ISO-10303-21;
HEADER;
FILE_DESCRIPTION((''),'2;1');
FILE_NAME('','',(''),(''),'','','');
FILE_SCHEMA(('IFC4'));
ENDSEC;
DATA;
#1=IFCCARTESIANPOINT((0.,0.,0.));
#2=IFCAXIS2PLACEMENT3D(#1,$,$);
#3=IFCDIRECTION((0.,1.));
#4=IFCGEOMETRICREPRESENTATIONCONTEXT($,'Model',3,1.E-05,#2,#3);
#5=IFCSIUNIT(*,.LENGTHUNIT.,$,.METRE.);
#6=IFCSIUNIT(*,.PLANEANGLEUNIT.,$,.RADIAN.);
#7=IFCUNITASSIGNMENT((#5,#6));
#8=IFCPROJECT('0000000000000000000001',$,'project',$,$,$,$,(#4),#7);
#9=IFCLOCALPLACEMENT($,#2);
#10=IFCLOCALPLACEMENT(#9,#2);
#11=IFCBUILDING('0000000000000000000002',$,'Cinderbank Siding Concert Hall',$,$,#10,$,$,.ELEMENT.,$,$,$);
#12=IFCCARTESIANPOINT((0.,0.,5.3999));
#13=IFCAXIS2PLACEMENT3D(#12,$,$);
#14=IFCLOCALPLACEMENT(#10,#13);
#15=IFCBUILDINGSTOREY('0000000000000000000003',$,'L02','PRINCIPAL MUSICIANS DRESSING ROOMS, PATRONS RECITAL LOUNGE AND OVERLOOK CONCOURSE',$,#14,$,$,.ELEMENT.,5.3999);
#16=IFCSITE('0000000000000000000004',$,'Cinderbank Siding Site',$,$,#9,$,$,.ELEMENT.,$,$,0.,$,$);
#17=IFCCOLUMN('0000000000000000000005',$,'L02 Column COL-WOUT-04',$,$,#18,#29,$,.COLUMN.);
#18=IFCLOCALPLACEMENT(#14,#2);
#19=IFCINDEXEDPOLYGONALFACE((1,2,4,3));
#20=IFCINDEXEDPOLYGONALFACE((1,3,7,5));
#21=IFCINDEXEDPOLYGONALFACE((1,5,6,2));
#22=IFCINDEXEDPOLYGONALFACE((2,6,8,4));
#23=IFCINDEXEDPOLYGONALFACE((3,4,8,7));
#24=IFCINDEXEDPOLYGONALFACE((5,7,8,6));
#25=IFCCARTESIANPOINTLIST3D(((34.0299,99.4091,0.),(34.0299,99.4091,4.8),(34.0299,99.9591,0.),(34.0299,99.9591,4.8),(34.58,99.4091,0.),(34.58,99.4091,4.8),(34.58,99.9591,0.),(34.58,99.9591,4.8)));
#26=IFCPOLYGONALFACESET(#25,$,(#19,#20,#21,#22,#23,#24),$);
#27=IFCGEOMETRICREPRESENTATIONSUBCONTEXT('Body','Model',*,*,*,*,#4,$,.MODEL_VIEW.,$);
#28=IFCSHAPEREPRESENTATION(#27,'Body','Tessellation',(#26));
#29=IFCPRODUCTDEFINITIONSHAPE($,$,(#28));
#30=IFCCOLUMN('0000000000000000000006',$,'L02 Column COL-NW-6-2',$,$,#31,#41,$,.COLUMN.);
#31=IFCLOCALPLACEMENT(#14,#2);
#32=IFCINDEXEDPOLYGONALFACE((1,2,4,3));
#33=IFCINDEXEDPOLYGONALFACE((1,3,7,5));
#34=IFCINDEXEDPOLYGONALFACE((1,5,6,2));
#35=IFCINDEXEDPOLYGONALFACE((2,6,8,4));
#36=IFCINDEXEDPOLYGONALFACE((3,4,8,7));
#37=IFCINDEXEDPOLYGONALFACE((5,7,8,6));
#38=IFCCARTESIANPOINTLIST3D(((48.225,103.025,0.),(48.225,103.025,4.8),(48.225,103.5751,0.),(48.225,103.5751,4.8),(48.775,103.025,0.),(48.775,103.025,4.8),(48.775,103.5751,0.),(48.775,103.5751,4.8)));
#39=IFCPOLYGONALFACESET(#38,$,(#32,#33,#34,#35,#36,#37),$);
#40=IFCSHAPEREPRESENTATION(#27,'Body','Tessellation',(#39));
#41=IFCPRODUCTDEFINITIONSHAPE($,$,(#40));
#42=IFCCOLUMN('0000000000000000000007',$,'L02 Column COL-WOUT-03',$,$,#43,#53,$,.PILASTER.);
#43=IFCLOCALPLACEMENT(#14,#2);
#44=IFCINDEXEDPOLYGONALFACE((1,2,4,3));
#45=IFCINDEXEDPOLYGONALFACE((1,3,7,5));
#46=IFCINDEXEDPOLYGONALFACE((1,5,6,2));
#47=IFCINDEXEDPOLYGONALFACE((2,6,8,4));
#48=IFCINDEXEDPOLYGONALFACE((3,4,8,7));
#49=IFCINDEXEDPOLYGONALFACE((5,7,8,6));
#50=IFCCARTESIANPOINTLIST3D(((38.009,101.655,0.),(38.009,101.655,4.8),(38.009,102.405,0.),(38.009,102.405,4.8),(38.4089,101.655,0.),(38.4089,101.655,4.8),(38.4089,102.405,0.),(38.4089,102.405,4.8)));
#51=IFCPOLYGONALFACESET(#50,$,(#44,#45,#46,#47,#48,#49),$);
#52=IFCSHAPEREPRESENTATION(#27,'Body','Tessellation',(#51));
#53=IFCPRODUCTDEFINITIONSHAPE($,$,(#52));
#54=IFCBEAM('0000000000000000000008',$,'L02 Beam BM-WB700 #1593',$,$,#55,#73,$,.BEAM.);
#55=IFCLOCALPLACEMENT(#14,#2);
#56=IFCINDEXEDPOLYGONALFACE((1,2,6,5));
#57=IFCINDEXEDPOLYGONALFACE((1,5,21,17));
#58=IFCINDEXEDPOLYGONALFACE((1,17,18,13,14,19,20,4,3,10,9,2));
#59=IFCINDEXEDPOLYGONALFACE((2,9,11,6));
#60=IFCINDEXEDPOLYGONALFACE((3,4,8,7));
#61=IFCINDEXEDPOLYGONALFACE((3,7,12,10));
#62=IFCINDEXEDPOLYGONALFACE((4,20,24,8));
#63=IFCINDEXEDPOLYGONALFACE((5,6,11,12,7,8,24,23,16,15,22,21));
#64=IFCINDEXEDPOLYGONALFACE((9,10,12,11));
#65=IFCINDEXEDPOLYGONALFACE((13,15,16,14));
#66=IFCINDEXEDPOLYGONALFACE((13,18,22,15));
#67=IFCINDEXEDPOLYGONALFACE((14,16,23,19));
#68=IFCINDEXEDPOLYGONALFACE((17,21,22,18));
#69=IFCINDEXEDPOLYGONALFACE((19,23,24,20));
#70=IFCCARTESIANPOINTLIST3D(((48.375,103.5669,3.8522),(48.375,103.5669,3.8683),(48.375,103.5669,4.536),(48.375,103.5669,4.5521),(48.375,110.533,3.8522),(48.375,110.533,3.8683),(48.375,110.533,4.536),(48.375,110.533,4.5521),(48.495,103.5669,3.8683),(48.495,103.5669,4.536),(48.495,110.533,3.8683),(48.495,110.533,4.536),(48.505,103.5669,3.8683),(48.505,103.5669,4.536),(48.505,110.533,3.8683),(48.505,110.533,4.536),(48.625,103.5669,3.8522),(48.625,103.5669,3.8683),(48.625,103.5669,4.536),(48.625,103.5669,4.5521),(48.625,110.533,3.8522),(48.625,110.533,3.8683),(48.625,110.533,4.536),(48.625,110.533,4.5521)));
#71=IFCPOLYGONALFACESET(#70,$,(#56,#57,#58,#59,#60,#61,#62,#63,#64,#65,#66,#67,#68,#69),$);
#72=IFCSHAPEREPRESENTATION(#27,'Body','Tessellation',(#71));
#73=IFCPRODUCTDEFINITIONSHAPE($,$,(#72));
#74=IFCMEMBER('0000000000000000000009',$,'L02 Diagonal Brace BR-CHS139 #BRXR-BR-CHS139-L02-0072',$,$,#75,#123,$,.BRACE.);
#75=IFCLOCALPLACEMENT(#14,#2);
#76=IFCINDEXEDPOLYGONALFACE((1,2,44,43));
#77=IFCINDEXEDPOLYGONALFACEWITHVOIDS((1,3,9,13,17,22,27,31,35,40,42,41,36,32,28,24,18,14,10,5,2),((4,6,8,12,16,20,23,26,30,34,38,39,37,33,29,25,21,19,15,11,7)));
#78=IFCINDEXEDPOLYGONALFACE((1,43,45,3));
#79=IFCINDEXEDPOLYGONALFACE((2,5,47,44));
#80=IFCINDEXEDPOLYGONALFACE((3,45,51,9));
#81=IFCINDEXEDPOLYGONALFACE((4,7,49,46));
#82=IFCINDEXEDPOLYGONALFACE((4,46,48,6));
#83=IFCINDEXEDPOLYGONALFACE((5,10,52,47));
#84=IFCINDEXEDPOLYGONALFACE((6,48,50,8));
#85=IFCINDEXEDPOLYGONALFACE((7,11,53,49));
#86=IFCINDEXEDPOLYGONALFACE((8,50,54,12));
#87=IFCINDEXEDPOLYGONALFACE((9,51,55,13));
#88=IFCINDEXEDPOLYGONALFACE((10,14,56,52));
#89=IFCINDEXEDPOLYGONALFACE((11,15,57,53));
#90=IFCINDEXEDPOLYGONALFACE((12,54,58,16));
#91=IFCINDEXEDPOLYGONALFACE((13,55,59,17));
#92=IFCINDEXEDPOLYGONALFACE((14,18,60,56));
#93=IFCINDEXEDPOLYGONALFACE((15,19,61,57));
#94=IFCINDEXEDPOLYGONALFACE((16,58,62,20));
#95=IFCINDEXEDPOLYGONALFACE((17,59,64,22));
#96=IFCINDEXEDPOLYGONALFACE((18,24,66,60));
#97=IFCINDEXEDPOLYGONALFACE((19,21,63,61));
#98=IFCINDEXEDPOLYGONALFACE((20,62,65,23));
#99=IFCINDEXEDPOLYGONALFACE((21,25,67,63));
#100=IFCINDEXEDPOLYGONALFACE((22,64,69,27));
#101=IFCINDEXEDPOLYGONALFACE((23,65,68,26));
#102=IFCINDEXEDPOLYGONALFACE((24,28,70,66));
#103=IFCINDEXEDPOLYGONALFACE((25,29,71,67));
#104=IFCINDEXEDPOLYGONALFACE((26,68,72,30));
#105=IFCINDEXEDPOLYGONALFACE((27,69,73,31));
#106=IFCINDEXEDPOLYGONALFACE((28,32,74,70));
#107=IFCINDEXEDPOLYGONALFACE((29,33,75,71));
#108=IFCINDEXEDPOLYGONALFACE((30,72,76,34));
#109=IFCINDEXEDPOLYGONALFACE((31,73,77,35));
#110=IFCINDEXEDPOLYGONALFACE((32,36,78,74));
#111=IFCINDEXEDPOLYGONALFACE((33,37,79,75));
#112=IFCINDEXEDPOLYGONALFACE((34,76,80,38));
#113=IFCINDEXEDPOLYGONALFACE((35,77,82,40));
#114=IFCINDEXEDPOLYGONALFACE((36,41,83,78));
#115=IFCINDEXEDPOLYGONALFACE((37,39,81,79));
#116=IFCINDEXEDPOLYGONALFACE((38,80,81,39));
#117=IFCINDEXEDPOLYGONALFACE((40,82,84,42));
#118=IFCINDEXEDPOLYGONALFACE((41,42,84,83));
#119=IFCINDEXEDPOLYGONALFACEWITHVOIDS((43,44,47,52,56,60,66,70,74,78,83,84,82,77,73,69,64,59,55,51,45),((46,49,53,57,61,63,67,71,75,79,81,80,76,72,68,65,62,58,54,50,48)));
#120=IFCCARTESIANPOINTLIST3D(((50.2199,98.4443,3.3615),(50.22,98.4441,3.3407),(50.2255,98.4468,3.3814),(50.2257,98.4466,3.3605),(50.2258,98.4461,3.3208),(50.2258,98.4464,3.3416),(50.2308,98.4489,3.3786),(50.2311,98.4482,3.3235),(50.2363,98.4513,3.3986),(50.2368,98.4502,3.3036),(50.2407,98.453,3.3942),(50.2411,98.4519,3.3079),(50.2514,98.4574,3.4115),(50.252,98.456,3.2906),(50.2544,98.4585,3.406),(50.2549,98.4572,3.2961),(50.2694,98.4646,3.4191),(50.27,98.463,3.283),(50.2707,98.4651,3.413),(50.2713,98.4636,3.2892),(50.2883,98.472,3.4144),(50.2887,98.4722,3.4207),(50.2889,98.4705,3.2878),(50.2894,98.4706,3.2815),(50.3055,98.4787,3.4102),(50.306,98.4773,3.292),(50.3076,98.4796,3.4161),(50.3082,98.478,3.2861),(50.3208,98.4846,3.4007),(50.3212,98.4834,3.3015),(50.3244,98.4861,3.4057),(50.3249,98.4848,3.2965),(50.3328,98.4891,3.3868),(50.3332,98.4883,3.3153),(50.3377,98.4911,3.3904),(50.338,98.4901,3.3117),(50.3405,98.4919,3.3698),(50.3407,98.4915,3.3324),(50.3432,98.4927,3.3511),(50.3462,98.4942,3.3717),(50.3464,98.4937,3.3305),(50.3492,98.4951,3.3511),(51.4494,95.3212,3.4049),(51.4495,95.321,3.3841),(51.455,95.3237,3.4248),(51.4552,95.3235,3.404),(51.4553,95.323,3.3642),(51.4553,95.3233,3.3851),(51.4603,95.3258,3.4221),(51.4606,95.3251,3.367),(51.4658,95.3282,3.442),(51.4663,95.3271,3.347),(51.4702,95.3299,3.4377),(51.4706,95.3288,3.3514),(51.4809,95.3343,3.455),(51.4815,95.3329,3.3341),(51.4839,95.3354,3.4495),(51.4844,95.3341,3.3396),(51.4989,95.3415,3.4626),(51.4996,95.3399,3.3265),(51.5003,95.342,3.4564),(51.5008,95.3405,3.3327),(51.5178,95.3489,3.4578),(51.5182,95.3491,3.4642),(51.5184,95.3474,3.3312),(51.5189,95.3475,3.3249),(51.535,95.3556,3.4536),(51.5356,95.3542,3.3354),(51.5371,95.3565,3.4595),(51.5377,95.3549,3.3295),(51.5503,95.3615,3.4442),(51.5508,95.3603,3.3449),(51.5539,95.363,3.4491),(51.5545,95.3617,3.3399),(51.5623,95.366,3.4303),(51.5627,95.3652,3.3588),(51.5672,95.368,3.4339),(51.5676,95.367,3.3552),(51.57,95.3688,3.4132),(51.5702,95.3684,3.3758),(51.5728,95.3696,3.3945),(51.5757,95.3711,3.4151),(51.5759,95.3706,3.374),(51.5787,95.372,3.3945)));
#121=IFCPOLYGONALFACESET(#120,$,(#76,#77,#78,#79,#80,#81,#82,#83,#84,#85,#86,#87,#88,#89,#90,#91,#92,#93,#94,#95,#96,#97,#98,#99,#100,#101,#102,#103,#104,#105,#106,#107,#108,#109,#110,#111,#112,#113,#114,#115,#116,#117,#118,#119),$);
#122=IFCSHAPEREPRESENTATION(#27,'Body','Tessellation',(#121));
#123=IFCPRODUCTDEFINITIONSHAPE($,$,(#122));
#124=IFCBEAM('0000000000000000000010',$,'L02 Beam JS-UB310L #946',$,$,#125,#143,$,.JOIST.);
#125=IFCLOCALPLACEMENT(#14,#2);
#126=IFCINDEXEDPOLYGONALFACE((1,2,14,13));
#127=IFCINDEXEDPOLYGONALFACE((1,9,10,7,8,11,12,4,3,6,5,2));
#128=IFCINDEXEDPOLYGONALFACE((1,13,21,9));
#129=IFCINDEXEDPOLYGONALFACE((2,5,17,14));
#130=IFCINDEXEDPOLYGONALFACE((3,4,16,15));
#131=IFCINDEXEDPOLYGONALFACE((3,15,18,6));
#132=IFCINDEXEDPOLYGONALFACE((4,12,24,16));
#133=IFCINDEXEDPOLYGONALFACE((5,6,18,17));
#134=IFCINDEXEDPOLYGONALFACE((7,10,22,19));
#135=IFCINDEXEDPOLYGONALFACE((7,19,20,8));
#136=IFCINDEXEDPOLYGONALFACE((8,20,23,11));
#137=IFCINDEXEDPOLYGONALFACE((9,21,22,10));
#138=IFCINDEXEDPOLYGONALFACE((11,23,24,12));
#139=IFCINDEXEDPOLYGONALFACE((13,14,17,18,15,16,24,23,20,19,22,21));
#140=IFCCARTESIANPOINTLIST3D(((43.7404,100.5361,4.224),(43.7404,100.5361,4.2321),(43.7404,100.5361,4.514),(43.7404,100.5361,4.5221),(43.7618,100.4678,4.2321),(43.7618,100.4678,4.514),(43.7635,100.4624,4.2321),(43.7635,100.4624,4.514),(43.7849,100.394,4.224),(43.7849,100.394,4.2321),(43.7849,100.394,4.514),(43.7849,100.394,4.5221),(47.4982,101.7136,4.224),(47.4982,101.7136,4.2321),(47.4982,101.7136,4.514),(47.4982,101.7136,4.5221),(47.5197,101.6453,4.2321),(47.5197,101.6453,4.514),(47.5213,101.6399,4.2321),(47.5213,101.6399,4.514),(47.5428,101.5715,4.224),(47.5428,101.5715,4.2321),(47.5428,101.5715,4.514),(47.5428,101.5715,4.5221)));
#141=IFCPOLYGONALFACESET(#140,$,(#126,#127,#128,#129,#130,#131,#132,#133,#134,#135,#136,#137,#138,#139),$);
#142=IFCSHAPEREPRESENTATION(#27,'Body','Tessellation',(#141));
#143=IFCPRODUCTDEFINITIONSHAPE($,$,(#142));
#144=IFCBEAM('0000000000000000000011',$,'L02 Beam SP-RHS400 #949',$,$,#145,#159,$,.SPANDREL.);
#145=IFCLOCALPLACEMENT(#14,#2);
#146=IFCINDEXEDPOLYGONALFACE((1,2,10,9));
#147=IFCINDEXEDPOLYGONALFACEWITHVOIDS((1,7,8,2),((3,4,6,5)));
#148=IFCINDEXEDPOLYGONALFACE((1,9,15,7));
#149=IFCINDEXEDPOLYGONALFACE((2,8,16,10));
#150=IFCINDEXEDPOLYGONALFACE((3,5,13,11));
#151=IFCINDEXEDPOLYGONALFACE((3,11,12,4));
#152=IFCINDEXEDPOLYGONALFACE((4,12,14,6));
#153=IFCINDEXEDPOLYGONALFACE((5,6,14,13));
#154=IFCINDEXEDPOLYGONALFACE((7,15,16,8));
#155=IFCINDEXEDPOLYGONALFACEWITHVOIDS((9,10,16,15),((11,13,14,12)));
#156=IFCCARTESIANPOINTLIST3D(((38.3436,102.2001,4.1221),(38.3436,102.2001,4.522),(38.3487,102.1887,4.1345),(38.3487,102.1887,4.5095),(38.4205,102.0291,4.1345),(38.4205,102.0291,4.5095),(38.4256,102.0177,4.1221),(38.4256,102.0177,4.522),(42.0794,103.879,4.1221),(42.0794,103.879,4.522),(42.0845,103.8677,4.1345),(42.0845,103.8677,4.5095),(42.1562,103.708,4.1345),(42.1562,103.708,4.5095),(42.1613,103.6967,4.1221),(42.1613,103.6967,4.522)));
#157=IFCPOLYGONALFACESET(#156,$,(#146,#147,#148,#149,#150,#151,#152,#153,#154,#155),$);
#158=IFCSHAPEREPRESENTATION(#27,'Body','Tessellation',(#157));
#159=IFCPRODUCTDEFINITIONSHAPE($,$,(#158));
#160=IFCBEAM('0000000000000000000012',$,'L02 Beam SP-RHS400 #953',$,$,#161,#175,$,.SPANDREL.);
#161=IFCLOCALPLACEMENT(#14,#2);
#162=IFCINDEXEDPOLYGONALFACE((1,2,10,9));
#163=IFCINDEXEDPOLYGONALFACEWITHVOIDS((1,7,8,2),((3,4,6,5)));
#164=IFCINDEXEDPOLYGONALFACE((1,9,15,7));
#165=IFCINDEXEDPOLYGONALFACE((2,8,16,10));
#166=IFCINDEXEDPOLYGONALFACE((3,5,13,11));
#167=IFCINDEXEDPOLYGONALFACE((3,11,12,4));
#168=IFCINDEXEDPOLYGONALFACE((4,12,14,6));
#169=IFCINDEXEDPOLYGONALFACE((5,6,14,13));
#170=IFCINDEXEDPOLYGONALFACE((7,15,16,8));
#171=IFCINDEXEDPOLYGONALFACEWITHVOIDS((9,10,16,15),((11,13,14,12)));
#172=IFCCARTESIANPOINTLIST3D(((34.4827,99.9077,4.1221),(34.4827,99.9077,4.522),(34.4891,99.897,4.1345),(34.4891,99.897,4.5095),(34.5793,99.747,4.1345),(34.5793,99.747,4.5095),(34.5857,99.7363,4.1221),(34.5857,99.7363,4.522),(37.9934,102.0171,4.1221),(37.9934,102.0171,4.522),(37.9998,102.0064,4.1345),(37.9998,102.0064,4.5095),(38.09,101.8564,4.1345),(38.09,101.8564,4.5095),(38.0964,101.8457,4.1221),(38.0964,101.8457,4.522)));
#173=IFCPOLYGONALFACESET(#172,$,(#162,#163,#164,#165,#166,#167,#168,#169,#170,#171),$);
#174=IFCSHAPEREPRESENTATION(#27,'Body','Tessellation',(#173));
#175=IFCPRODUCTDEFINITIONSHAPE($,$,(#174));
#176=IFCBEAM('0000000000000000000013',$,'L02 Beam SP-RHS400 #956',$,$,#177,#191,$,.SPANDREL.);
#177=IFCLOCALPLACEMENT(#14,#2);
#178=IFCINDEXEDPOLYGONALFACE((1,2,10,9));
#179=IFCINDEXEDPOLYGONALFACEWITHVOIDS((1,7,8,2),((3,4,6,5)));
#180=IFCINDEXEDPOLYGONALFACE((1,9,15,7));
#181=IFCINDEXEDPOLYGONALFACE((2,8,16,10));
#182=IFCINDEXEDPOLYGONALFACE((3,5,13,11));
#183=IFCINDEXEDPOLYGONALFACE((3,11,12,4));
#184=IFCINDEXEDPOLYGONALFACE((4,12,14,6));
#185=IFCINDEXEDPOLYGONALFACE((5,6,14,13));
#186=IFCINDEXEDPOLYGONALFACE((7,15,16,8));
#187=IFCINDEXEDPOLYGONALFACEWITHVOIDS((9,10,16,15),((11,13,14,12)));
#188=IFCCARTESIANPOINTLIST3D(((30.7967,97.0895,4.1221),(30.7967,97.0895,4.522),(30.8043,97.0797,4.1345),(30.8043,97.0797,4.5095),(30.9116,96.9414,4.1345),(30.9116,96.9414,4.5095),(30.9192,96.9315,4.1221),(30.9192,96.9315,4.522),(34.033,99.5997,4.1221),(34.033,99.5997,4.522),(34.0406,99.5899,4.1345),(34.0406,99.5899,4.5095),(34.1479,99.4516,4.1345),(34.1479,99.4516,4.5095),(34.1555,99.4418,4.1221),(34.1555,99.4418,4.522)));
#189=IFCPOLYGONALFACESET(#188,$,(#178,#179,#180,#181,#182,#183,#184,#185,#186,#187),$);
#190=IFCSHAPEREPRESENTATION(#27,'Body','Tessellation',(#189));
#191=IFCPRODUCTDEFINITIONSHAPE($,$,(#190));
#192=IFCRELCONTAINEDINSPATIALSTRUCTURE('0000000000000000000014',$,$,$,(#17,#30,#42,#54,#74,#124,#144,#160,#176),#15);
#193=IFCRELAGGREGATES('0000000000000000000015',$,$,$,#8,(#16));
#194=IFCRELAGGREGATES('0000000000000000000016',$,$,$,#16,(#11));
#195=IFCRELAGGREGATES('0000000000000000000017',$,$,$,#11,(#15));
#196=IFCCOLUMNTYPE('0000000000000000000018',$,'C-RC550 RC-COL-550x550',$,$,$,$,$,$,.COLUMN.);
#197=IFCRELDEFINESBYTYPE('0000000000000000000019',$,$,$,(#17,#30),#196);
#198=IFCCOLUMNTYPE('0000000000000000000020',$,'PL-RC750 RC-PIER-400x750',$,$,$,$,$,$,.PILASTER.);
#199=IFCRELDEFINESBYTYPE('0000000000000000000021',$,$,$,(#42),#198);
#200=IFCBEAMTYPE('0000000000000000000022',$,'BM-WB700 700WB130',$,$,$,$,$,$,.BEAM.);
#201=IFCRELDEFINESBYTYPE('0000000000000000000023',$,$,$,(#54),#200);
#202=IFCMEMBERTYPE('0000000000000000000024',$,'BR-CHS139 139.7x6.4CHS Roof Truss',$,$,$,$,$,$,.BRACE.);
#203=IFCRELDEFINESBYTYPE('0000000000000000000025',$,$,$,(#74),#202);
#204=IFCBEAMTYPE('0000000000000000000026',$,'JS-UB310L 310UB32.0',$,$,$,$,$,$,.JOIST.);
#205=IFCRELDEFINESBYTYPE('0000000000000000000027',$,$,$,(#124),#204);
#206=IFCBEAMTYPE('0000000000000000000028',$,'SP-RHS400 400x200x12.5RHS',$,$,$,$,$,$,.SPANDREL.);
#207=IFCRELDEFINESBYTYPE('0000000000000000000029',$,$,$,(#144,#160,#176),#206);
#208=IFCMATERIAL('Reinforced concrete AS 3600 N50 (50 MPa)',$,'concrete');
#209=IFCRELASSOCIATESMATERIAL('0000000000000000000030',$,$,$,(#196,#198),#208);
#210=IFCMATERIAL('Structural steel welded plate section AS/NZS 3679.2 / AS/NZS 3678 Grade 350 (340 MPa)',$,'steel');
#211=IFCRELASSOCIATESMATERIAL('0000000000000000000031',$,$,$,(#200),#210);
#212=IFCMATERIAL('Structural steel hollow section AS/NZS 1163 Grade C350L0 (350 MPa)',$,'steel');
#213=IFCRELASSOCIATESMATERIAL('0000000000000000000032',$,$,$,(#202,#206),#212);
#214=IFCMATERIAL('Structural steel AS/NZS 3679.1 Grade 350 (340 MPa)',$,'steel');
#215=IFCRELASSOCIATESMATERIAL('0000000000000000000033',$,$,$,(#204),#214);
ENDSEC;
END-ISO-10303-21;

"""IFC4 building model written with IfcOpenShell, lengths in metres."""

from ifc_helpers import new_model, si_unit, direction, frame, origin, origin_2d, place, context, subcontext, project, spatial, rectangle, hollow_rectangle, hollow_circle, i_section, extrude, material, material_profile, profile_set, type_object, element, save


model = new_model("IFC4")

# Units and contexts
model_context = context("Model", 3, precision=1e-05, world=origin(), true_north=direction((0.0, 1.0)))
body_context = subcontext(model_context, "Body", "Model", "MODEL_VIEW")
ifc_project = project(units=[si_unit("LENGTHUNIT", "METRE"), si_unit("PLANEANGLEUNIT", "RADIAN")], contexts=[model_context])

# Site, building, storey
site_placement = place(None, origin())
site = spatial("IfcSite", under=ifc_project, at=site_placement, Name="Cinderbank Siding Site", CompositionType="ELEMENT", RefElevation=0.0)
building_placement = place(site_placement, origin())
building = spatial("IfcBuilding", under=site, at=building_placement, Name="Cinderbank Siding Concert Hall", CompositionType="ELEMENT")
storey_placement = place(building_placement, frame((0.0, 0.0, 5.3999)))
storey = spatial("IfcBuildingStorey", under=building, at=storey_placement, Name="L02", Description="PRINCIPAL MUSICIANS DRESSING ROOMS, PATRONS RECITAL LOUNGE AND OVERLOOK CONCOURSE", CompositionType="ELEMENT", Elevation=5.3999)

# Columns
ifc_material_1 = material(Name="Reinforced concrete AS 3600 N50 (50 MPa)", Category="concrete")
ifc_material_profile_1 = material_profile(ifc_material_1, rectangle(XDim=0.55, YDim=0.55, at=origin_2d()), Name="RC-COL-550x550", Category="LoadBearing")
ifc_profile_set_1 = profile_set([ifc_material_profile_1], Name="Reinforced concrete AS 3600 N50 (50 MPa)")
column_type_1 = type_object("IfcColumnType", Name="C-RC550 RC-COL-550x550", PredefinedType="COLUMN", material=ifc_profile_set_1)
for number, where, z_axis, x_axis, name in (
    (1, (34.3049, 99.6841, 0.0), (0.0, 0.0, 1.0), (1.0, 0.0, 0.0), "L02 Column COL-WOUT-04"),
    (2, (48.5, 103.3, 0.0), (0.0, 0.0, 1.0), (1.0, 0.0, 0.0), "L02 Column COL-NW-6-2"),
):
    element("IfcColumn", number, at=place(storey_placement, frame(where, z_axis=z_axis, x_axis=x_axis)), inside=storey, type_object=column_type_1, Name=name, PredefinedType="COLUMN", context=body_context, shape_type="SweptSolid", body=[
        extrude(rectangle(XDim=0.55, YDim=0.55, at=origin_2d()), origin(), (0.0, 0.0, 1.0), 4.8),
    ])
ifc_material_profile_2 = material_profile(ifc_material_1, rectangle(XDim=0.3999, YDim=0.75, at=origin_2d()), Name="RC-PIER-400x750", Category="LoadBearing")
ifc_profile_set_2 = profile_set([ifc_material_profile_2], Name="Reinforced concrete AS 3600 N50 (50 MPa)")
column_type_2 = type_object("IfcColumnType", Name="PL-RC750 RC-PIER-400x750", PredefinedType="PILASTER", material=ifc_profile_set_2)
column_placement = place(storey_placement, frame((38.209, 102.03, 0.0), z_axis=(0.0, 0.0, 1.0), x_axis=(1.0, 0.0, 0.0)))
element("IfcColumn", 3, at=column_placement, inside=storey, type_object=column_type_2, Name="L02 Column COL-WOUT-03", PredefinedType="PILASTER", context=body_context, shape_type="SweptSolid", body=[
    extrude(rectangle(XDim=0.3999, YDim=0.75, at=origin_2d()), origin(), (0.0, 0.0, 1.0), 4.8),
])

# Beam
ifc_material_2 = material(Name="Structural steel welded plate section AS/NZS 3679.2 / AS/NZS 3678 Grade 350 (340 MPa)", Category="steel")
ifc_material_profile_3 = material_profile(ifc_material_2, i_section(OverallWidth=0.25, OverallDepth=0.7, WebThickness=0.01, FlangeThickness=0.0161, at=origin_2d()), Name="700WB130", Category="LoadBearing")
ifc_profile_set_3 = profile_set([ifc_material_profile_3], Name="Structural steel welded plate section AS/NZS 3679.2 / AS/NZS 3678 Grade 350 (340 MPa)")
beam_type_1 = type_object("IfcBeamType", Name="BM-WB700 700WB130", PredefinedType="BEAM", material=ifc_profile_set_3)
beam_1_placement = place(storey_placement, frame((48.5, 103.5669, 4.2021), z_axis=(0.0, 1.0, 0.0), x_axis=(-1.0, 0.0, 0.0)))
element("IfcBeam", 4, at=beam_1_placement, inside=storey, type_object=beam_type_1, Name="L02 Beam BM-WB700 #1593", PredefinedType="BEAM", context=body_context, shape_type="SweptSolid", body=[
    extrude(i_section(OverallWidth=0.25, OverallDepth=0.7, WebThickness=0.01, FlangeThickness=0.0161, at=origin_2d()), origin(), (0.0, 0.0, 1.0), 6.9661),
])

# Member
ifc_material_3 = material(Name="Structural steel hollow section AS/NZS 1163 Grade C350L0 (350 MPa)", Category="steel")
ifc_material_profile_4 = material_profile(ifc_material_3, hollow_circle(Radius=0.0698, WallThickness=0.0063, at=origin_2d()), Name="139.7x6.4CHS", Category="LoadBearing")
ifc_profile_set_4 = profile_set([ifc_material_profile_4], Name="Structural steel hollow section AS/NZS 1163 Grade C350L0 (350 MPa)")
member_type = type_object("IfcMemberType", Name="BR-CHS139 139.7x6.4CHS Roof Truss", PredefinedType="BRACE", material=ifc_profile_set_4)
member_placement = place(storey_placement, frame((50.2842, 98.4695, 3.3511), z_axis=(0.366288, -0.930412, 0.012947), x_axis=(0.93049, 0.366318, 0.0)))
element("IfcMember", 5, at=member_placement, inside=storey, type_object=member_type, Name="L02 Diagonal Brace BR-CHS139 #BRXR-BR-CHS139-L02-0072", PredefinedType="BRACE", context=body_context, shape_type="SweptSolid", body=[
    extrude(hollow_circle(Radius=0.0698, WallThickness=0.0063, at=origin_2d()), origin(), (0.0, 0.0, 1.0), 3.3567),
])

# Beams
ifc_material_4 = material(Name="Structural steel AS/NZS 3679.1 Grade 350 (340 MPa)", Category="steel")
ifc_material_profile_5 = material_profile(ifc_material_4, i_section(OverallWidth=0.1489, OverallDepth=0.2981, WebThickness=0.0056, FlangeThickness=0.0081, at=origin_2d()), Name="310UB32.0", Category="LoadBearing")
ifc_profile_set_5 = profile_set([ifc_material_profile_5], Name="Structural steel AS/NZS 3679.1 Grade 350 (340 MPa)")
beam_type_2 = type_object("IfcBeamType", Name="JS-UB310L 310UB32.0", PredefinedType="JOIST", material=ifc_profile_set_5)
beam_2_placement = place(storey_placement, frame((47.5205, 101.6426, 4.373), z_axis=(-0.95425, -0.299009, 0.0), x_axis=(0.299009, -0.95425, 0.0)))
element("IfcBeam", 6, at=beam_2_placement, inside=storey, type_object=beam_type_2, Name="L02 Beam JS-UB310L #946", PredefinedType="JOIST", context=body_context, shape_type="SweptSolid", body=[
    extrude(i_section(OverallWidth=0.1489, OverallDepth=0.2981, WebThickness=0.0056, FlangeThickness=0.0081, at=origin_2d()), origin(), (0.0, 0.0, 1.0), 3.938),
])
ifc_material_profile_6 = material_profile(ifc_material_3, hollow_rectangle(XDim=0.2, YDim=0.3999, WallThickness=0.0125, at=origin_2d()), Name="400x200x12.5RHS", Category="LoadBearing")
ifc_profile_set_6 = profile_set([ifc_material_profile_6], Name="Structural steel hollow section AS/NZS 1163 Grade C350L0 (350 MPa)")
beam_type_3 = type_object("IfcBeamType", Name="SP-RHS400 400x200x12.5RHS", PredefinedType="SPANDREL", material=ifc_profile_set_6)
for number, where, z_axis, x_axis, name in (
    (7, (42.1204, 103.7878, 4.322), (-0.91212, -0.409923, 0.0), (0.409923, -0.91212, 0.0), "L02 Beam SP-RHS400 #949"),
    (8, (38.0449, 101.9314, 4.322), (-0.857177, -0.515022, 0.0), (0.515022, -0.857177, 0.0), "L02 Beam SP-RHS400 #953"),
    (9, (34.0942, 99.5208, 4.322), (-0.790167, -0.612892, 0.0), (0.612892, -0.790167, 0.0), "L02 Beam SP-RHS400 #956"),
):
    element("IfcBeam", number, at=place(storey_placement, frame(where, z_axis=z_axis, x_axis=x_axis)), inside=storey, type_object=beam_type_3, Name=name, PredefinedType="SPANDREL", context=body_context, shape_type="SweptSolid", body=[
        extrude(hollow_rectangle(XDim=0.2, YDim=0.3999, WallThickness=0.0125, at=origin_2d()), origin(), (0.0, 0.0, 1.0), 4.0957),
    ])

save(model, "model.ifc")
